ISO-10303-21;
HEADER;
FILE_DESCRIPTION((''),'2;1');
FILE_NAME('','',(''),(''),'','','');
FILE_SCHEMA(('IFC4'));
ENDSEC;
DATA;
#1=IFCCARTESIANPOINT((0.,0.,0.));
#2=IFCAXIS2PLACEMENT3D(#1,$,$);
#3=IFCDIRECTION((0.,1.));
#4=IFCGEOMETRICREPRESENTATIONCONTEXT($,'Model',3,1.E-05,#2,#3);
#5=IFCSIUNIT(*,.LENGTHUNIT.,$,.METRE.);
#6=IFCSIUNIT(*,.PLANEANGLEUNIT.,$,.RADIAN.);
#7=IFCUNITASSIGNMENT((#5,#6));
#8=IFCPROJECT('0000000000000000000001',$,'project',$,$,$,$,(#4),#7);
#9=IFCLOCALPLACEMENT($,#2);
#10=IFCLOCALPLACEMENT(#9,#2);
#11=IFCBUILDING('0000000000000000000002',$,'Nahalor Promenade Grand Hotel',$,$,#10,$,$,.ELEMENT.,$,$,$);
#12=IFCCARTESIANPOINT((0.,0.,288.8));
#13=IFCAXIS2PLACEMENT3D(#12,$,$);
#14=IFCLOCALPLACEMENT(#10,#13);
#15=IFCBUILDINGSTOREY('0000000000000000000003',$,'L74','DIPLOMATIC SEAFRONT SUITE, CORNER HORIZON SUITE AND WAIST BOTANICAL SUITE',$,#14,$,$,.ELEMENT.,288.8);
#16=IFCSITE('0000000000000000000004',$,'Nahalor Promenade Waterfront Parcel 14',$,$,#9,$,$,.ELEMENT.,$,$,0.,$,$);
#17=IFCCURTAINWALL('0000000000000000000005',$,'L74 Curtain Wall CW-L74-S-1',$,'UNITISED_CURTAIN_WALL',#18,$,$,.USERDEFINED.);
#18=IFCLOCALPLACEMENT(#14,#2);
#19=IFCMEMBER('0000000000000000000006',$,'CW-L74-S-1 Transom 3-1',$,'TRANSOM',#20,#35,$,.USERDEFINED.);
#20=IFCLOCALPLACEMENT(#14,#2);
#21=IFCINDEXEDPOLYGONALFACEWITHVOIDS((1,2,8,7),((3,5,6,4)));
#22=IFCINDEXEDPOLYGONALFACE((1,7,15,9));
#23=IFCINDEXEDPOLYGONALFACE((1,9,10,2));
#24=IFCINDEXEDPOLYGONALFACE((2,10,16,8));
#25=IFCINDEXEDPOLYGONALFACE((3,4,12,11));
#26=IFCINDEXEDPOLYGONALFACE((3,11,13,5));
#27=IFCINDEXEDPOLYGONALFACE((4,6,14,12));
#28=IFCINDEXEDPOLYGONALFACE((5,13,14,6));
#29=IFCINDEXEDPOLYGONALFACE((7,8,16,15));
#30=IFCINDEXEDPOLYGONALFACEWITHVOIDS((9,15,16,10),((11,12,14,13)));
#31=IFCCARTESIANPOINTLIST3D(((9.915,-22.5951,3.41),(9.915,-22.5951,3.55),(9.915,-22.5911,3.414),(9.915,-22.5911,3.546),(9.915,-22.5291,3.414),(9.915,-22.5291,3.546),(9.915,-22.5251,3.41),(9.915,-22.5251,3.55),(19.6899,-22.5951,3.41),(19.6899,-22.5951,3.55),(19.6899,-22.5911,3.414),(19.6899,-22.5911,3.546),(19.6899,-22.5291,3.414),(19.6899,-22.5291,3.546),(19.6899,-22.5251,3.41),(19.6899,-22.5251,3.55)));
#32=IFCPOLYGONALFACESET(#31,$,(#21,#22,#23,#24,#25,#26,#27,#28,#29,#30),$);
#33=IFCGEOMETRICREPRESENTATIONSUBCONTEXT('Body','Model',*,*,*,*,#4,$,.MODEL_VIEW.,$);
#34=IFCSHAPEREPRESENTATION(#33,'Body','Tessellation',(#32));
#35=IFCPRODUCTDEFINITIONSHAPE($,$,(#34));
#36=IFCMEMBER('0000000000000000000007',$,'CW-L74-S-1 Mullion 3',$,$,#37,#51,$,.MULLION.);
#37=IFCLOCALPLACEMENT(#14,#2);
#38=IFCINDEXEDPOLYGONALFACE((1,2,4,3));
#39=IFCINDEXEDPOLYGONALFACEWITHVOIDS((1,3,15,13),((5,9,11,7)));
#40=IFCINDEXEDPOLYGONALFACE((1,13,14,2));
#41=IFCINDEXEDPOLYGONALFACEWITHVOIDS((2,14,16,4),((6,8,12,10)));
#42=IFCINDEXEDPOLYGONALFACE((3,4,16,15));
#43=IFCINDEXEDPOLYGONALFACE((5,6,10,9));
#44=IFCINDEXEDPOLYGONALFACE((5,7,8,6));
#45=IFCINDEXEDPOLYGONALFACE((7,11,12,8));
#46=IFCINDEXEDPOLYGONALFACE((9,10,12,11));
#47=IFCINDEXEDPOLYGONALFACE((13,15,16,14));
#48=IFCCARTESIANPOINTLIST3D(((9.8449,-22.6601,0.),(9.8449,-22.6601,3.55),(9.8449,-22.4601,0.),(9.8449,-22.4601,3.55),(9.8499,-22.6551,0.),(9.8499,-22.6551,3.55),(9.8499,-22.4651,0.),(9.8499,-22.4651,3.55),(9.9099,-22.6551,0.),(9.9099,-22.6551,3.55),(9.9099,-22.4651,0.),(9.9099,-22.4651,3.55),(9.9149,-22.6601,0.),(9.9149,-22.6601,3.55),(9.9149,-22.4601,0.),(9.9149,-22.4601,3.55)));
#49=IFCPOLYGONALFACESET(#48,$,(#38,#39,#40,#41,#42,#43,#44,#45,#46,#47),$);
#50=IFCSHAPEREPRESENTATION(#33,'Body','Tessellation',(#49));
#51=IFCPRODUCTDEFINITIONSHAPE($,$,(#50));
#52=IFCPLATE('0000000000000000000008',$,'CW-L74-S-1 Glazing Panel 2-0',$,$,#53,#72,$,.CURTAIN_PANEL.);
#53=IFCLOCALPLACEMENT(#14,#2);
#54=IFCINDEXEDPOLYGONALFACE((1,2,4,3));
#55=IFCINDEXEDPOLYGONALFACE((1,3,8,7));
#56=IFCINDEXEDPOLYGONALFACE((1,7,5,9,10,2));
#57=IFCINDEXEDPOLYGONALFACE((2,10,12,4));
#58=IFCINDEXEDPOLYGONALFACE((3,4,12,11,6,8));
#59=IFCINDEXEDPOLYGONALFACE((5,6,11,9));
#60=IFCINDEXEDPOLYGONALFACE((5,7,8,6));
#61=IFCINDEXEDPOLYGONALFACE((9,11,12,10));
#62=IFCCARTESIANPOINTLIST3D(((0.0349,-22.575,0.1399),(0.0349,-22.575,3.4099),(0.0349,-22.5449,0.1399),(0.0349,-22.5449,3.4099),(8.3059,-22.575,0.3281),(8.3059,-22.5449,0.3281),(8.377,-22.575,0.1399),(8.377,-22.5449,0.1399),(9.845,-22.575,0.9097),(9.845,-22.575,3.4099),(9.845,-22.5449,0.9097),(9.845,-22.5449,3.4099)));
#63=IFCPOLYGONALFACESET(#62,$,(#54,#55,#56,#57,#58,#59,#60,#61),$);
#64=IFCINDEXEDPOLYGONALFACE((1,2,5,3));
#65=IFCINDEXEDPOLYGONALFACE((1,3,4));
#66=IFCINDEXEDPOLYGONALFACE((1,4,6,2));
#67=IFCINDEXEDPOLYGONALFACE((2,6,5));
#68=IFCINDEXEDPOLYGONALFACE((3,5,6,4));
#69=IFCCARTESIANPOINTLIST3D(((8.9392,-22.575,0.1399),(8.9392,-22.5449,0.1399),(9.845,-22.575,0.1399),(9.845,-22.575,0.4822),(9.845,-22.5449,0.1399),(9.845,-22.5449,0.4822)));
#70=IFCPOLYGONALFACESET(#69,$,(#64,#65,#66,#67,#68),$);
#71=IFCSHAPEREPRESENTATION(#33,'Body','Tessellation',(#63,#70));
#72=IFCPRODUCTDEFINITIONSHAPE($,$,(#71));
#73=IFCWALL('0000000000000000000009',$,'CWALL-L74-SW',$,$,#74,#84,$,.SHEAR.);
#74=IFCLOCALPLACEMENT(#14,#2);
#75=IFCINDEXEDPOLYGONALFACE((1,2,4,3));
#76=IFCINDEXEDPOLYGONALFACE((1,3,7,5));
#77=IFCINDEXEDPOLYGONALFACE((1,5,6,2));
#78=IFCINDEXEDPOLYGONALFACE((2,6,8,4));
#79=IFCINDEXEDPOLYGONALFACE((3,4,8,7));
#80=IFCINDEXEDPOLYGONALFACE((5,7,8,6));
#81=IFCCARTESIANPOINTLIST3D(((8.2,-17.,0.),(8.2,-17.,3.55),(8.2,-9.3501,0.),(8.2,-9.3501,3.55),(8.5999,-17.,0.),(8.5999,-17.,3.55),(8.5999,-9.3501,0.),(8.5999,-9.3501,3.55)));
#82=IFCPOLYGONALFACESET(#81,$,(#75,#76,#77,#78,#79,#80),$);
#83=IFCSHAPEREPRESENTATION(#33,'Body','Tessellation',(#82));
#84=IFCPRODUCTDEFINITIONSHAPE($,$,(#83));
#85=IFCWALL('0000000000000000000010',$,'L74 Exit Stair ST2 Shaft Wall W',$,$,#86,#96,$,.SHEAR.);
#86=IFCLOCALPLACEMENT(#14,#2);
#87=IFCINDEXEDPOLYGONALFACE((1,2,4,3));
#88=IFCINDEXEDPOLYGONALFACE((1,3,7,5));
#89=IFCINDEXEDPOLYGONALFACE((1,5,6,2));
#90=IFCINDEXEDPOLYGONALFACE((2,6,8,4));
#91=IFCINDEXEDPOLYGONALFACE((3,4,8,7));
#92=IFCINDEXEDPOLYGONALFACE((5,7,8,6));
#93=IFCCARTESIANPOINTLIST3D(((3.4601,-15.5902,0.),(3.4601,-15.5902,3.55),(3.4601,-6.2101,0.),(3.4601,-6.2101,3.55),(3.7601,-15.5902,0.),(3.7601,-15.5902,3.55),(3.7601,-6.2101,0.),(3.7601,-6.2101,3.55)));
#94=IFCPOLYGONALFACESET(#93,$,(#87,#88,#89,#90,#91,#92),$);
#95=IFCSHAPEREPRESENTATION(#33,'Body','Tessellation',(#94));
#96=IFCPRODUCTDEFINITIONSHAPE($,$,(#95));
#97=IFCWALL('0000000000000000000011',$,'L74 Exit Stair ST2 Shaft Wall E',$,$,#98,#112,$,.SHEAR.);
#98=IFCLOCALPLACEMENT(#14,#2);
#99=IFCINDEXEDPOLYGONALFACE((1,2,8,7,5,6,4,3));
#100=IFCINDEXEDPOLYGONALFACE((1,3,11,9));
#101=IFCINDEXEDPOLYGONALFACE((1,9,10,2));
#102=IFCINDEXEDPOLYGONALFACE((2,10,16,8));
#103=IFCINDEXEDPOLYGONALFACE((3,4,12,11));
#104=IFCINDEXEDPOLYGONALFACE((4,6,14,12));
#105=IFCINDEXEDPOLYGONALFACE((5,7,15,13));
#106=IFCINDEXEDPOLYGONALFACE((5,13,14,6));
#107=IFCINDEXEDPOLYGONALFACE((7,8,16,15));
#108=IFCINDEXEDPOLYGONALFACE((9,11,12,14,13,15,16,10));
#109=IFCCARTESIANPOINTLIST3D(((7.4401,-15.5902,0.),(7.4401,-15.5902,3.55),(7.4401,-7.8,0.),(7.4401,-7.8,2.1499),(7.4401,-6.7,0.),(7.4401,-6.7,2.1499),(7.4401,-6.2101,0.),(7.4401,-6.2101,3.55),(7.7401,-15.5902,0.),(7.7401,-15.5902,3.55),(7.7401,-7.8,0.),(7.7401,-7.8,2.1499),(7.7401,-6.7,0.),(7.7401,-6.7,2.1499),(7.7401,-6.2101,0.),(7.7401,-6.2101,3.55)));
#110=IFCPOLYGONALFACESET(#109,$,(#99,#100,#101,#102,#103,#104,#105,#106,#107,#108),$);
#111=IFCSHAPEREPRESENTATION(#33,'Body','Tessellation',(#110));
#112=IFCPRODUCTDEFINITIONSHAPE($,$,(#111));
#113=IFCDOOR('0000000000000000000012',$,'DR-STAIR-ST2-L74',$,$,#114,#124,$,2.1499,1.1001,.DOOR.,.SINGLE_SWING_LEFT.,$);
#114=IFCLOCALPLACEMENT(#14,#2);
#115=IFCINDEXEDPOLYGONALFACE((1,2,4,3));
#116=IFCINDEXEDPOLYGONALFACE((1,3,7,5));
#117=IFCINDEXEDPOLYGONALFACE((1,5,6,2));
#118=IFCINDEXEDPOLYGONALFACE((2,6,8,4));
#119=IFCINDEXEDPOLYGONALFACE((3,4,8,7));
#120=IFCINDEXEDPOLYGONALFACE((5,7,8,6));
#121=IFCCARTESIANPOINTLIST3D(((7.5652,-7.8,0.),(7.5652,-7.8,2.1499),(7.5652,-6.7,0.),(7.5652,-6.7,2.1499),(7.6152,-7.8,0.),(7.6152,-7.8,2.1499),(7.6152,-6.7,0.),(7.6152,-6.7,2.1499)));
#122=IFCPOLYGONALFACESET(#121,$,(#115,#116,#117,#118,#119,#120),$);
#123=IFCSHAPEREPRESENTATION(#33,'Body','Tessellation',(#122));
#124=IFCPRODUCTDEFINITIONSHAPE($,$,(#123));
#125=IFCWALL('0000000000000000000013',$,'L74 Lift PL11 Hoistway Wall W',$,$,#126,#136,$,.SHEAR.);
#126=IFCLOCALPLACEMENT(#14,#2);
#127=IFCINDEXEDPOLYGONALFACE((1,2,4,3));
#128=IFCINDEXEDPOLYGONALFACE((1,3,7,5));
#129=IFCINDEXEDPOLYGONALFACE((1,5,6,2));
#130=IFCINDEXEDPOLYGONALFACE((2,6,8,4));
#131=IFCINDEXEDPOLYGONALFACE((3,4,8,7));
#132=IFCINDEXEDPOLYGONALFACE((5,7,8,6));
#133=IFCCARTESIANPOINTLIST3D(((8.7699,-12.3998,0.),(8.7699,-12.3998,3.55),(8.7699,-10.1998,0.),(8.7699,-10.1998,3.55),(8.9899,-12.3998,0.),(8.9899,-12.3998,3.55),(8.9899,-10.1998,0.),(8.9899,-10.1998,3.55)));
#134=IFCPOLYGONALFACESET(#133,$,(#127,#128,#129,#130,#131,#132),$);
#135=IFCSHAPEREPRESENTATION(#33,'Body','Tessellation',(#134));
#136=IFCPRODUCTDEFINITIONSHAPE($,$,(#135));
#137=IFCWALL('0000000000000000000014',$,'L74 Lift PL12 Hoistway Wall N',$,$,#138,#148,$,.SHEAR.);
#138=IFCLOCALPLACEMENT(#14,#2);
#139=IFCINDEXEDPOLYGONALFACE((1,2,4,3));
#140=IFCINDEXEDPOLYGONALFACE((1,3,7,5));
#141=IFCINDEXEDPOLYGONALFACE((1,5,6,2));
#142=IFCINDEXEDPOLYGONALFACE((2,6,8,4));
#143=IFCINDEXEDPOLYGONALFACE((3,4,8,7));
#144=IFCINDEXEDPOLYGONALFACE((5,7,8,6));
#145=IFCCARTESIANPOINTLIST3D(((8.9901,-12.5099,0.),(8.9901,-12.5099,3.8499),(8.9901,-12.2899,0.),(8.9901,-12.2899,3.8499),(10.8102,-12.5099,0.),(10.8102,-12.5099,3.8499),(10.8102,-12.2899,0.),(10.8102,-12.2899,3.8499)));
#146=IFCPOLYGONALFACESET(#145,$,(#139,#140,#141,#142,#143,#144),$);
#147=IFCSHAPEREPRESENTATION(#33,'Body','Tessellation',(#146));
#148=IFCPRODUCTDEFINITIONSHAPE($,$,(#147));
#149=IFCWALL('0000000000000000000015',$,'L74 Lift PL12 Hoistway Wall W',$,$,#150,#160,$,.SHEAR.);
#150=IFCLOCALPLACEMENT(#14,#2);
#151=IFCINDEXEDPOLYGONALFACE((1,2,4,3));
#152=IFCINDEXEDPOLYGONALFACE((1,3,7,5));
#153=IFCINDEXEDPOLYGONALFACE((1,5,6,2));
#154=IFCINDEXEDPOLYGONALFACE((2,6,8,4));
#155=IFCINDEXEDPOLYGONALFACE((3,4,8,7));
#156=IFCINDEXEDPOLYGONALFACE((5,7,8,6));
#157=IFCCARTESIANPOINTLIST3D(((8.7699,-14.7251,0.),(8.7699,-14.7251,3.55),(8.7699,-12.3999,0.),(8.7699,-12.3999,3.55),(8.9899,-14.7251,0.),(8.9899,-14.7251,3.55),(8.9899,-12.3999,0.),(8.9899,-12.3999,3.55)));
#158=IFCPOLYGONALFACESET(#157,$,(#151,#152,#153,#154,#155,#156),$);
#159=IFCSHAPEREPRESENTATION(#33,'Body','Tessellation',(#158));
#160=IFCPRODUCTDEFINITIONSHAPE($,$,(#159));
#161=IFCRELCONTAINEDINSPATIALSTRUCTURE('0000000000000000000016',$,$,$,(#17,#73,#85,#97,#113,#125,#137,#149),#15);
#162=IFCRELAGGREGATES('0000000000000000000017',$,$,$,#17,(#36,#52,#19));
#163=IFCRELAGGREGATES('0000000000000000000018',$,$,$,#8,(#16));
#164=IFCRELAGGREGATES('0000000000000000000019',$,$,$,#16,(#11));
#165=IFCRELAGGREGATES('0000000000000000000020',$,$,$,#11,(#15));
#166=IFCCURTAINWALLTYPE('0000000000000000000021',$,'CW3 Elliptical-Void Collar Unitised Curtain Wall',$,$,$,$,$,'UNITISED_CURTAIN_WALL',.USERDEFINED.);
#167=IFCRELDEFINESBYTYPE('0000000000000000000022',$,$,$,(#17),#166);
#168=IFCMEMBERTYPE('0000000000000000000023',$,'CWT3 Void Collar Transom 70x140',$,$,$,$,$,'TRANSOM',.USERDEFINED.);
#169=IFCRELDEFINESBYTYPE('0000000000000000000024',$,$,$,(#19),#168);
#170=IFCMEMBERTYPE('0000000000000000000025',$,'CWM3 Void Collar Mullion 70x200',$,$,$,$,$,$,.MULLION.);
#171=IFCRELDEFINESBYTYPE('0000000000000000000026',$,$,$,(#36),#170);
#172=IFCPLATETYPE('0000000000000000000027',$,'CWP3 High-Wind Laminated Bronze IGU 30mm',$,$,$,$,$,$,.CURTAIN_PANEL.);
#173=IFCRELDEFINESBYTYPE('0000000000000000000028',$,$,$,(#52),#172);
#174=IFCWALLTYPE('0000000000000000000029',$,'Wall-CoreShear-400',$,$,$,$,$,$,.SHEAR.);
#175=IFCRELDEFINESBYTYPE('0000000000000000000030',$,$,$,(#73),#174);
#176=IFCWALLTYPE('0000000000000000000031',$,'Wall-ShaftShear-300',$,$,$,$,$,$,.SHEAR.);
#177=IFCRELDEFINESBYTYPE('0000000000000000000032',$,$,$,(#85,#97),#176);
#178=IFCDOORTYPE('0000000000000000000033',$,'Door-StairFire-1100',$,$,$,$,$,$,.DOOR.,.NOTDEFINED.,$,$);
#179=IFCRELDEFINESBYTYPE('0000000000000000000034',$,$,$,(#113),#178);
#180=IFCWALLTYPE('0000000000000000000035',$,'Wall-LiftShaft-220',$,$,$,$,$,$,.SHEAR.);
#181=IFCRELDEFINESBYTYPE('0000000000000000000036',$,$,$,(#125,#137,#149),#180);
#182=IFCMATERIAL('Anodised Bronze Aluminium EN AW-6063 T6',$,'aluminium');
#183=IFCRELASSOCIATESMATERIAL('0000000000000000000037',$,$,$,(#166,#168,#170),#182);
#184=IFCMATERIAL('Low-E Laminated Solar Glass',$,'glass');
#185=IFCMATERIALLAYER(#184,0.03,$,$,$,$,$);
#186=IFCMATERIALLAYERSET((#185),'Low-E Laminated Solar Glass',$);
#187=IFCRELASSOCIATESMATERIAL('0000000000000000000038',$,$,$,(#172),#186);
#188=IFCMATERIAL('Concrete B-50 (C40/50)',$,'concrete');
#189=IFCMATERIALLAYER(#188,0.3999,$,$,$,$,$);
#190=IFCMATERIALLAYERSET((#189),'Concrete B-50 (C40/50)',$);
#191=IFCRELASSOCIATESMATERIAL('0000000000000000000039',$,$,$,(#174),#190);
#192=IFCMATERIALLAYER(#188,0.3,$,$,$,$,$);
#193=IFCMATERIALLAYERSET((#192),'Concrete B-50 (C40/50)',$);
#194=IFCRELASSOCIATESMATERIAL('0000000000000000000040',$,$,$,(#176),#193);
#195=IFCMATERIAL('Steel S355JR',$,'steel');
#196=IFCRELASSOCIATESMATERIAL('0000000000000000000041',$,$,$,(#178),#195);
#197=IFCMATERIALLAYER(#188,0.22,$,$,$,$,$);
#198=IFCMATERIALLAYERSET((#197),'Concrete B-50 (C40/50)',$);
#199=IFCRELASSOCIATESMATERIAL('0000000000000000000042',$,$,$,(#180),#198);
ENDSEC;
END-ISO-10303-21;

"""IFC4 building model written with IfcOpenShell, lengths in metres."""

from ifc_helpers import new_model, si_unit, direction, frame, frame_2d, origin, origin_2d, place, context, subcontext, project, spatial, polyline, rectangle, hollow_rectangle, outline, extrude, source, transform, mapped, material, layer, layer_set, material_profile, profile_set, type_object, element, fill, aggregate, save


model = new_model("IFC4")

# Units and contexts
model_context = context("Model", 3, precision=1e-05, world=origin(), true_north=direction((0.0, 1.0)))
body_context = subcontext(model_context, "Body", "Model", "MODEL_VIEW")
ifc_project = project(units=[si_unit("LENGTHUNIT", "METRE"), si_unit("PLANEANGLEUNIT", "RADIAN")], contexts=[model_context])

# Site, building, storey
site_placement = place(None, origin())
site = spatial("IfcSite", under=ifc_project, at=site_placement, Name="Nahalor Promenade Waterfront Parcel 14", CompositionType="ELEMENT", RefElevation=0.0)
building_placement = place(site_placement, origin())
building = spatial("IfcBuilding", under=site, at=building_placement, Name="Nahalor Promenade Grand Hotel", CompositionType="ELEMENT")
storey_placement = place(building_placement, frame((0.0, 0.0, 288.8)))
storey = spatial("IfcBuildingStorey", under=building, at=storey_placement, Name="L74", Description="DIPLOMATIC SEAFRONT SUITE, CORNER HORIZON SUITE AND WAIST BOTANICAL SUITE", CompositionType="ELEMENT", Elevation=288.8)

# Shared definitions
ifc_material_1 = material(Name="Concrete B-50 (C40/50)", Category="concrete")
ifc_material_2 = material(Name="Steel S355JR", Category="steel")

# Curtain wall, members, plate
ifc_material_3 = material(Name="Anodised Bronze Aluminium EN AW-6063 T6", Category="aluminium")
curtain_wall_type = type_object("IfcCurtainWallType", Name="CW3 Elliptical-Void Collar Unitised Curtain Wall", ElementType="UNITISED_CURTAIN_WALL", PredefinedType="USERDEFINED", material=ifc_material_3)
curtain_wall_placement = place(storey_placement, origin())
curtain_wall = element("IfcCurtainWall", 1, at=curtain_wall_placement, inside=storey, type_object=curtain_wall_type, Name="L74 Curtain Wall CW-L74-S-1", ObjectType="UNITISED_CURTAIN_WALL", PredefinedType="USERDEFINED")
ifc_material_profile_1 = material_profile(ifc_material_3, hollow_rectangle(XDim=0.07, YDim=0.14, WallThickness=0.004, at=origin_2d()), Name="CWT 70x140x4")
ifc_profile_set_1 = profile_set([ifc_material_profile_1], Name="Anodised Bronze Aluminium EN AW-6063 T6")
member_type_1 = type_object("IfcMemberType", Name="CWT3 Void Collar Transom 70x140", ElementType="TRANSOM", PredefinedType="USERDEFINED", material=ifc_profile_set_1)
shared_shape_1 = source(origin(), body_context, "Body", "SweptSolid", [
    extrude(hollow_rectangle(XDim=0.07, YDim=0.14, WallThickness=0.004, at=origin_2d()), origin(), (0.0, 0.0, 1.0), 9.7749),
])
member_1_placement = place(storey_placement, frame((9.915, -22.5601, 3.48), z_axis=(1.0, 0.0, 0.0), x_axis=(0.0, 1.0, 0.0)))
member_1 = element("IfcMember", 2, at=member_1_placement, type_object=member_type_1, Name="CW-L74-S-1 Transom 3-1", ObjectType="TRANSOM", PredefinedType="USERDEFINED", context=body_context, shape_type="MappedRepresentation", body=[
    mapped(shared_shape_1, transform((0.0, 0.0, 0.0), scale=1.0)),
])
ifc_material_profile_2 = material_profile(ifc_material_3, hollow_rectangle(XDim=0.07, YDim=0.2, WallThickness=0.005, at=origin_2d()), Name="CWM 70x200x5")
ifc_profile_set_2 = profile_set([ifc_material_profile_2], Name="Anodised Bronze Aluminium EN AW-6063 T6")
member_type_2 = type_object("IfcMemberType", Name="CWM3 Void Collar Mullion 70x200", PredefinedType="MULLION", material=ifc_profile_set_2)
shared_shape_2 = source(origin(), body_context, "Body", "SweptSolid", [
    extrude(hollow_rectangle(XDim=0.07, YDim=0.2, WallThickness=0.005, at=origin_2d()), origin(), (0.0, 0.0, 1.0), 3.55),
])
member_2_placement = place(storey_placement, frame((9.8799, -22.5601, 0.0), z_axis=(0.0, 0.0, 1.0), x_axis=(1.0, 0.0, 0.0)))
member_2 = element("IfcMember", 3, at=member_2_placement, type_object=member_type_2, Name="CW-L74-S-1 Mullion 3", PredefinedType="MULLION", context=body_context, shape_type="MappedRepresentation", body=[
    mapped(shared_shape_2, transform((0.0, 0.0, 0.0), scale=1.0)),
])
ifc_material_4 = material(Name="Low-E Laminated Solar Glass", Category="glass")
ifc_layer_1 = layer(ifc_material_4, 0.03)
ifc_layer_set_1 = layer_set([ifc_layer_1], Name="Low-E Laminated Solar Glass")
plate_type = type_object("IfcPlateType", Name="CWP3 High-Wind Laminated Bronze IGU 30mm", PredefinedType="CURTAIN_PANEL", material=ifc_layer_set_1)
plate_placement = place(storey_placement, frame((4.9399, -22.5601, 0.1399), z_axis=(0.0, 0.0, 1.0), x_axis=(1.0, 0.0, 0.0)))
plate = element("IfcPlate", 4, at=plate_placement, type_object=plate_type, Name="CW-L74-S-1 Glazing Panel 2-0", PredefinedType="CURTAIN_PANEL", context=body_context, shape_type="SweptSolid", body=[
    extrude(outline(polyline([(-4.905, 3.27), (-4.905, 0.0), (3.437, 0.0), (3.366, 0.1882), (4.905, 0.7698), (4.905, 3.27), (-4.905, 3.27)])), frame((0.0, 0.0151, 0.0), z_axis=(0.0, -1.0, 0.0), x_axis=(1.0, 0.0, 0.0)), (0.0, 0.0, 1.0), 0.03),
    extrude(outline(polyline([(3.9993, 0.0), (4.905, 0.0), (4.905, 0.3423), (3.9993, 0.0)])), frame((0.0, 0.0151, 0.0), z_axis=(0.0, -1.0, 0.0), x_axis=(1.0, 0.0, 0.0)), (0.0, 0.0, 1.0), 0.03),
])
aggregate(curtain_wall, [member_2, plate, member_1])

# Walls
ifc_layer_2 = layer(ifc_material_1, 0.3999)
ifc_layer_set_2 = layer_set([ifc_layer_2], Name="Concrete B-50 (C40/50)")
wall_type_1 = type_object("IfcWallType", Name="Wall-CoreShear-400", PredefinedType="SHEAR", material=ifc_layer_set_2)
shared_shape_3 = source(origin(), body_context, "Body", "SweptSolid", [
    extrude(rectangle(XDim=7.6499, YDim=0.3999, at=frame_2d((3.825, 0.0))), origin(), (0.0, 0.0, 1.0), 3.55),
])
wall_1_placement = place(storey_placement, frame((8.3999, -17.0, 0.0), z_axis=(0.0, 0.0, 1.0), x_axis=(0.0, 1.0, 0.0)))
element("IfcWall", 5, at=wall_1_placement, inside=storey, type_object=wall_type_1, Name="CWALL-L74-SW", PredefinedType="SHEAR", context=body_context, shape_type="MappedRepresentation", body=[
    mapped(shared_shape_3, transform((0.0, 0.0, 0.0), scale=1.0)),
])
ifc_layer_3 = layer(ifc_material_1, 0.3)
ifc_layer_set_3 = layer_set([ifc_layer_3], Name="Concrete B-50 (C40/50)")
wall_type_2 = type_object("IfcWallType", Name="Wall-ShaftShear-300", PredefinedType="SHEAR", material=ifc_layer_set_3)
shared_shape_4 = source(origin(), body_context, "Body", "SweptSolid", [
    extrude(rectangle(XDim=9.3801, YDim=0.3, at=frame_2d((4.6899, 0.0))), origin(), (0.0, 0.0, 1.0), 3.55),
])
wall_2_placement = place(storey_placement, frame((3.6101, -15.5901, 0.0), z_axis=(0.0, 0.0, 1.0), x_axis=(0.0, 1.0, 0.0)))
element("IfcWall", 6, at=wall_2_placement, inside=storey, type_object=wall_type_2, Name="L74 Exit Stair ST2 Shaft Wall W", PredefinedType="SHEAR", context=body_context, shape_type="MappedRepresentation", body=[
    mapped(shared_shape_4, transform((0.0, 0.0, 0.0), scale=1.0)),
])

# Wall, opening, door
wall_3_placement = place(storey_placement, frame((7.5901, -15.5901, 0.0), z_axis=(0.0, 0.0, 1.0), x_axis=(0.0, 1.0, 0.0)))
wall_3 = element("IfcWall", 7, at=wall_3_placement, inside=storey, type_object=wall_type_2, Name="L74 Exit Stair ST2 Shaft Wall E", PredefinedType="SHEAR", context=body_context, shape_type="MappedRepresentation", body=[
    mapped(shared_shape_4, transform((0.0, 0.0, 0.0), scale=1.0)),
])
opening_1_placement = place(wall_3_placement, frame((7.79, 0.0, 0.0)))
opening_1 = element("IfcOpeningElement", 8, at=opening_1_placement, cuts=wall_3, PredefinedType="OPENING", context=body_context, shape_type="SweptSolid", body=[
    extrude(rectangle(XDim=1.1001, YDim=2.1499, at=frame_2d((0.55, 1.075))), frame((0.0, 0.1599, 0.0), z_axis=(0.0, -1.0, 0.0), x_axis=(1.0, 0.0, 0.0)), (0.0, 0.0, 1.0), 0.3201),
])
door_type_1 = type_object("IfcDoorType", Name="Door-StairFire-1100", OperationType="NOTDEFINED", PredefinedType="DOOR", material=ifc_material_2)
shared_shape_5 = source(origin(), body_context, "Body", "SweptSolid", [
    extrude(rectangle(XDim=1.1001, YDim=2.1499, at=frame_2d((0.55, 1.075))), frame((0.0, 0.0249, 0.0), z_axis=(0.0, -1.0, 0.0), x_axis=(1.0, 0.0, 0.0)), (0.0, 0.0, 1.0), 0.05),
])
door_1_placement = place(opening_1_placement, origin())
door_1 = element("IfcDoor", 9, at=door_1_placement, inside=storey, type_object=door_type_1, Name="DR-STAIR-ST2-L74", OperationType="SINGLE_SWING_LEFT", OverallHeight=2.1499, OverallWidth=1.1001, PredefinedType="DOOR", context=body_context, shape_type="MappedRepresentation", body=[
    mapped(shared_shape_5, transform((0.0, 0.0, 0.0), scale=1.0)),
])
fill(opening_1, door_1)

# Walls
ifc_layer_4 = layer(ifc_material_1, 0.22)
ifc_layer_set_4 = layer_set([ifc_layer_4], Name="Concrete B-50 (C40/50)")
wall_type_3 = type_object("IfcWallType", Name="Wall-LiftShaft-220", PredefinedType="SHEAR", material=ifc_layer_set_4)
shared_shape_6 = source(origin(), body_context, "Body", "SweptSolid", [
    extrude(rectangle(XDim=2.2, YDim=0.22, at=frame_2d((1.1001, 0.0))), origin(), (0.0, 0.0, 1.0), 3.55),
])
wall_4_placement = place(storey_placement, frame((8.8799, -12.3999, 0.0), z_axis=(0.0, 0.0, 1.0), x_axis=(0.0, 1.0, 0.0)))
element("IfcWall", 10, at=wall_4_placement, inside=storey, type_object=wall_type_3, Name="L74 Lift PL11 Hoistway Wall W", PredefinedType="SHEAR", context=body_context, shape_type="MappedRepresentation", body=[
    mapped(shared_shape_6, transform((0.0, 0.0, 0.0), scale=1.0)),
])
shared_shape_7 = source(origin(), body_context, "Body", "SweptSolid", [
    extrude(rectangle(XDim=1.8201, YDim=0.22, at=frame_2d((0.9102, 0.0))), origin(), (0.0, 0.0, 1.0), 3.8499),
])
wall_5_placement = place(storey_placement, frame((8.99, -12.3999, 0.0), z_axis=(0.0, 0.0, 1.0), x_axis=(1.0, 0.0, 0.0)))
element("IfcWall", 11, at=wall_5_placement, inside=storey, type_object=wall_type_3, Name="L74 Lift PL12 Hoistway Wall N", PredefinedType="SHEAR", context=body_context, shape_type="MappedRepresentation", body=[
    mapped(shared_shape_7, transform((0.0, 0.0, 0.0), scale=1.0)),
])
shared_shape_8 = source(origin(), body_context, "Body", "SweptSolid", [
    extrude(rectangle(XDim=2.3252, YDim=0.22, at=frame_2d((1.1626, 0.0))), origin(), (0.0, 0.0, 1.0), 3.55),
])
wall_6_placement = place(storey_placement, frame((8.8799, -14.7251, 0.0), z_axis=(0.0, 0.0, 1.0), x_axis=(0.0, 1.0, 0.0)))
element("IfcWall", 12, at=wall_6_placement, inside=storey, type_object=wall_type_3, Name="L74 Lift PL12 Hoistway Wall W", PredefinedType="SHEAR", context=body_context, shape_type="MappedRepresentation", body=[
    mapped(shared_shape_8, transform((0.0, 0.0, 0.0), scale=1.0)),
])

save(model, "model.ifc")
